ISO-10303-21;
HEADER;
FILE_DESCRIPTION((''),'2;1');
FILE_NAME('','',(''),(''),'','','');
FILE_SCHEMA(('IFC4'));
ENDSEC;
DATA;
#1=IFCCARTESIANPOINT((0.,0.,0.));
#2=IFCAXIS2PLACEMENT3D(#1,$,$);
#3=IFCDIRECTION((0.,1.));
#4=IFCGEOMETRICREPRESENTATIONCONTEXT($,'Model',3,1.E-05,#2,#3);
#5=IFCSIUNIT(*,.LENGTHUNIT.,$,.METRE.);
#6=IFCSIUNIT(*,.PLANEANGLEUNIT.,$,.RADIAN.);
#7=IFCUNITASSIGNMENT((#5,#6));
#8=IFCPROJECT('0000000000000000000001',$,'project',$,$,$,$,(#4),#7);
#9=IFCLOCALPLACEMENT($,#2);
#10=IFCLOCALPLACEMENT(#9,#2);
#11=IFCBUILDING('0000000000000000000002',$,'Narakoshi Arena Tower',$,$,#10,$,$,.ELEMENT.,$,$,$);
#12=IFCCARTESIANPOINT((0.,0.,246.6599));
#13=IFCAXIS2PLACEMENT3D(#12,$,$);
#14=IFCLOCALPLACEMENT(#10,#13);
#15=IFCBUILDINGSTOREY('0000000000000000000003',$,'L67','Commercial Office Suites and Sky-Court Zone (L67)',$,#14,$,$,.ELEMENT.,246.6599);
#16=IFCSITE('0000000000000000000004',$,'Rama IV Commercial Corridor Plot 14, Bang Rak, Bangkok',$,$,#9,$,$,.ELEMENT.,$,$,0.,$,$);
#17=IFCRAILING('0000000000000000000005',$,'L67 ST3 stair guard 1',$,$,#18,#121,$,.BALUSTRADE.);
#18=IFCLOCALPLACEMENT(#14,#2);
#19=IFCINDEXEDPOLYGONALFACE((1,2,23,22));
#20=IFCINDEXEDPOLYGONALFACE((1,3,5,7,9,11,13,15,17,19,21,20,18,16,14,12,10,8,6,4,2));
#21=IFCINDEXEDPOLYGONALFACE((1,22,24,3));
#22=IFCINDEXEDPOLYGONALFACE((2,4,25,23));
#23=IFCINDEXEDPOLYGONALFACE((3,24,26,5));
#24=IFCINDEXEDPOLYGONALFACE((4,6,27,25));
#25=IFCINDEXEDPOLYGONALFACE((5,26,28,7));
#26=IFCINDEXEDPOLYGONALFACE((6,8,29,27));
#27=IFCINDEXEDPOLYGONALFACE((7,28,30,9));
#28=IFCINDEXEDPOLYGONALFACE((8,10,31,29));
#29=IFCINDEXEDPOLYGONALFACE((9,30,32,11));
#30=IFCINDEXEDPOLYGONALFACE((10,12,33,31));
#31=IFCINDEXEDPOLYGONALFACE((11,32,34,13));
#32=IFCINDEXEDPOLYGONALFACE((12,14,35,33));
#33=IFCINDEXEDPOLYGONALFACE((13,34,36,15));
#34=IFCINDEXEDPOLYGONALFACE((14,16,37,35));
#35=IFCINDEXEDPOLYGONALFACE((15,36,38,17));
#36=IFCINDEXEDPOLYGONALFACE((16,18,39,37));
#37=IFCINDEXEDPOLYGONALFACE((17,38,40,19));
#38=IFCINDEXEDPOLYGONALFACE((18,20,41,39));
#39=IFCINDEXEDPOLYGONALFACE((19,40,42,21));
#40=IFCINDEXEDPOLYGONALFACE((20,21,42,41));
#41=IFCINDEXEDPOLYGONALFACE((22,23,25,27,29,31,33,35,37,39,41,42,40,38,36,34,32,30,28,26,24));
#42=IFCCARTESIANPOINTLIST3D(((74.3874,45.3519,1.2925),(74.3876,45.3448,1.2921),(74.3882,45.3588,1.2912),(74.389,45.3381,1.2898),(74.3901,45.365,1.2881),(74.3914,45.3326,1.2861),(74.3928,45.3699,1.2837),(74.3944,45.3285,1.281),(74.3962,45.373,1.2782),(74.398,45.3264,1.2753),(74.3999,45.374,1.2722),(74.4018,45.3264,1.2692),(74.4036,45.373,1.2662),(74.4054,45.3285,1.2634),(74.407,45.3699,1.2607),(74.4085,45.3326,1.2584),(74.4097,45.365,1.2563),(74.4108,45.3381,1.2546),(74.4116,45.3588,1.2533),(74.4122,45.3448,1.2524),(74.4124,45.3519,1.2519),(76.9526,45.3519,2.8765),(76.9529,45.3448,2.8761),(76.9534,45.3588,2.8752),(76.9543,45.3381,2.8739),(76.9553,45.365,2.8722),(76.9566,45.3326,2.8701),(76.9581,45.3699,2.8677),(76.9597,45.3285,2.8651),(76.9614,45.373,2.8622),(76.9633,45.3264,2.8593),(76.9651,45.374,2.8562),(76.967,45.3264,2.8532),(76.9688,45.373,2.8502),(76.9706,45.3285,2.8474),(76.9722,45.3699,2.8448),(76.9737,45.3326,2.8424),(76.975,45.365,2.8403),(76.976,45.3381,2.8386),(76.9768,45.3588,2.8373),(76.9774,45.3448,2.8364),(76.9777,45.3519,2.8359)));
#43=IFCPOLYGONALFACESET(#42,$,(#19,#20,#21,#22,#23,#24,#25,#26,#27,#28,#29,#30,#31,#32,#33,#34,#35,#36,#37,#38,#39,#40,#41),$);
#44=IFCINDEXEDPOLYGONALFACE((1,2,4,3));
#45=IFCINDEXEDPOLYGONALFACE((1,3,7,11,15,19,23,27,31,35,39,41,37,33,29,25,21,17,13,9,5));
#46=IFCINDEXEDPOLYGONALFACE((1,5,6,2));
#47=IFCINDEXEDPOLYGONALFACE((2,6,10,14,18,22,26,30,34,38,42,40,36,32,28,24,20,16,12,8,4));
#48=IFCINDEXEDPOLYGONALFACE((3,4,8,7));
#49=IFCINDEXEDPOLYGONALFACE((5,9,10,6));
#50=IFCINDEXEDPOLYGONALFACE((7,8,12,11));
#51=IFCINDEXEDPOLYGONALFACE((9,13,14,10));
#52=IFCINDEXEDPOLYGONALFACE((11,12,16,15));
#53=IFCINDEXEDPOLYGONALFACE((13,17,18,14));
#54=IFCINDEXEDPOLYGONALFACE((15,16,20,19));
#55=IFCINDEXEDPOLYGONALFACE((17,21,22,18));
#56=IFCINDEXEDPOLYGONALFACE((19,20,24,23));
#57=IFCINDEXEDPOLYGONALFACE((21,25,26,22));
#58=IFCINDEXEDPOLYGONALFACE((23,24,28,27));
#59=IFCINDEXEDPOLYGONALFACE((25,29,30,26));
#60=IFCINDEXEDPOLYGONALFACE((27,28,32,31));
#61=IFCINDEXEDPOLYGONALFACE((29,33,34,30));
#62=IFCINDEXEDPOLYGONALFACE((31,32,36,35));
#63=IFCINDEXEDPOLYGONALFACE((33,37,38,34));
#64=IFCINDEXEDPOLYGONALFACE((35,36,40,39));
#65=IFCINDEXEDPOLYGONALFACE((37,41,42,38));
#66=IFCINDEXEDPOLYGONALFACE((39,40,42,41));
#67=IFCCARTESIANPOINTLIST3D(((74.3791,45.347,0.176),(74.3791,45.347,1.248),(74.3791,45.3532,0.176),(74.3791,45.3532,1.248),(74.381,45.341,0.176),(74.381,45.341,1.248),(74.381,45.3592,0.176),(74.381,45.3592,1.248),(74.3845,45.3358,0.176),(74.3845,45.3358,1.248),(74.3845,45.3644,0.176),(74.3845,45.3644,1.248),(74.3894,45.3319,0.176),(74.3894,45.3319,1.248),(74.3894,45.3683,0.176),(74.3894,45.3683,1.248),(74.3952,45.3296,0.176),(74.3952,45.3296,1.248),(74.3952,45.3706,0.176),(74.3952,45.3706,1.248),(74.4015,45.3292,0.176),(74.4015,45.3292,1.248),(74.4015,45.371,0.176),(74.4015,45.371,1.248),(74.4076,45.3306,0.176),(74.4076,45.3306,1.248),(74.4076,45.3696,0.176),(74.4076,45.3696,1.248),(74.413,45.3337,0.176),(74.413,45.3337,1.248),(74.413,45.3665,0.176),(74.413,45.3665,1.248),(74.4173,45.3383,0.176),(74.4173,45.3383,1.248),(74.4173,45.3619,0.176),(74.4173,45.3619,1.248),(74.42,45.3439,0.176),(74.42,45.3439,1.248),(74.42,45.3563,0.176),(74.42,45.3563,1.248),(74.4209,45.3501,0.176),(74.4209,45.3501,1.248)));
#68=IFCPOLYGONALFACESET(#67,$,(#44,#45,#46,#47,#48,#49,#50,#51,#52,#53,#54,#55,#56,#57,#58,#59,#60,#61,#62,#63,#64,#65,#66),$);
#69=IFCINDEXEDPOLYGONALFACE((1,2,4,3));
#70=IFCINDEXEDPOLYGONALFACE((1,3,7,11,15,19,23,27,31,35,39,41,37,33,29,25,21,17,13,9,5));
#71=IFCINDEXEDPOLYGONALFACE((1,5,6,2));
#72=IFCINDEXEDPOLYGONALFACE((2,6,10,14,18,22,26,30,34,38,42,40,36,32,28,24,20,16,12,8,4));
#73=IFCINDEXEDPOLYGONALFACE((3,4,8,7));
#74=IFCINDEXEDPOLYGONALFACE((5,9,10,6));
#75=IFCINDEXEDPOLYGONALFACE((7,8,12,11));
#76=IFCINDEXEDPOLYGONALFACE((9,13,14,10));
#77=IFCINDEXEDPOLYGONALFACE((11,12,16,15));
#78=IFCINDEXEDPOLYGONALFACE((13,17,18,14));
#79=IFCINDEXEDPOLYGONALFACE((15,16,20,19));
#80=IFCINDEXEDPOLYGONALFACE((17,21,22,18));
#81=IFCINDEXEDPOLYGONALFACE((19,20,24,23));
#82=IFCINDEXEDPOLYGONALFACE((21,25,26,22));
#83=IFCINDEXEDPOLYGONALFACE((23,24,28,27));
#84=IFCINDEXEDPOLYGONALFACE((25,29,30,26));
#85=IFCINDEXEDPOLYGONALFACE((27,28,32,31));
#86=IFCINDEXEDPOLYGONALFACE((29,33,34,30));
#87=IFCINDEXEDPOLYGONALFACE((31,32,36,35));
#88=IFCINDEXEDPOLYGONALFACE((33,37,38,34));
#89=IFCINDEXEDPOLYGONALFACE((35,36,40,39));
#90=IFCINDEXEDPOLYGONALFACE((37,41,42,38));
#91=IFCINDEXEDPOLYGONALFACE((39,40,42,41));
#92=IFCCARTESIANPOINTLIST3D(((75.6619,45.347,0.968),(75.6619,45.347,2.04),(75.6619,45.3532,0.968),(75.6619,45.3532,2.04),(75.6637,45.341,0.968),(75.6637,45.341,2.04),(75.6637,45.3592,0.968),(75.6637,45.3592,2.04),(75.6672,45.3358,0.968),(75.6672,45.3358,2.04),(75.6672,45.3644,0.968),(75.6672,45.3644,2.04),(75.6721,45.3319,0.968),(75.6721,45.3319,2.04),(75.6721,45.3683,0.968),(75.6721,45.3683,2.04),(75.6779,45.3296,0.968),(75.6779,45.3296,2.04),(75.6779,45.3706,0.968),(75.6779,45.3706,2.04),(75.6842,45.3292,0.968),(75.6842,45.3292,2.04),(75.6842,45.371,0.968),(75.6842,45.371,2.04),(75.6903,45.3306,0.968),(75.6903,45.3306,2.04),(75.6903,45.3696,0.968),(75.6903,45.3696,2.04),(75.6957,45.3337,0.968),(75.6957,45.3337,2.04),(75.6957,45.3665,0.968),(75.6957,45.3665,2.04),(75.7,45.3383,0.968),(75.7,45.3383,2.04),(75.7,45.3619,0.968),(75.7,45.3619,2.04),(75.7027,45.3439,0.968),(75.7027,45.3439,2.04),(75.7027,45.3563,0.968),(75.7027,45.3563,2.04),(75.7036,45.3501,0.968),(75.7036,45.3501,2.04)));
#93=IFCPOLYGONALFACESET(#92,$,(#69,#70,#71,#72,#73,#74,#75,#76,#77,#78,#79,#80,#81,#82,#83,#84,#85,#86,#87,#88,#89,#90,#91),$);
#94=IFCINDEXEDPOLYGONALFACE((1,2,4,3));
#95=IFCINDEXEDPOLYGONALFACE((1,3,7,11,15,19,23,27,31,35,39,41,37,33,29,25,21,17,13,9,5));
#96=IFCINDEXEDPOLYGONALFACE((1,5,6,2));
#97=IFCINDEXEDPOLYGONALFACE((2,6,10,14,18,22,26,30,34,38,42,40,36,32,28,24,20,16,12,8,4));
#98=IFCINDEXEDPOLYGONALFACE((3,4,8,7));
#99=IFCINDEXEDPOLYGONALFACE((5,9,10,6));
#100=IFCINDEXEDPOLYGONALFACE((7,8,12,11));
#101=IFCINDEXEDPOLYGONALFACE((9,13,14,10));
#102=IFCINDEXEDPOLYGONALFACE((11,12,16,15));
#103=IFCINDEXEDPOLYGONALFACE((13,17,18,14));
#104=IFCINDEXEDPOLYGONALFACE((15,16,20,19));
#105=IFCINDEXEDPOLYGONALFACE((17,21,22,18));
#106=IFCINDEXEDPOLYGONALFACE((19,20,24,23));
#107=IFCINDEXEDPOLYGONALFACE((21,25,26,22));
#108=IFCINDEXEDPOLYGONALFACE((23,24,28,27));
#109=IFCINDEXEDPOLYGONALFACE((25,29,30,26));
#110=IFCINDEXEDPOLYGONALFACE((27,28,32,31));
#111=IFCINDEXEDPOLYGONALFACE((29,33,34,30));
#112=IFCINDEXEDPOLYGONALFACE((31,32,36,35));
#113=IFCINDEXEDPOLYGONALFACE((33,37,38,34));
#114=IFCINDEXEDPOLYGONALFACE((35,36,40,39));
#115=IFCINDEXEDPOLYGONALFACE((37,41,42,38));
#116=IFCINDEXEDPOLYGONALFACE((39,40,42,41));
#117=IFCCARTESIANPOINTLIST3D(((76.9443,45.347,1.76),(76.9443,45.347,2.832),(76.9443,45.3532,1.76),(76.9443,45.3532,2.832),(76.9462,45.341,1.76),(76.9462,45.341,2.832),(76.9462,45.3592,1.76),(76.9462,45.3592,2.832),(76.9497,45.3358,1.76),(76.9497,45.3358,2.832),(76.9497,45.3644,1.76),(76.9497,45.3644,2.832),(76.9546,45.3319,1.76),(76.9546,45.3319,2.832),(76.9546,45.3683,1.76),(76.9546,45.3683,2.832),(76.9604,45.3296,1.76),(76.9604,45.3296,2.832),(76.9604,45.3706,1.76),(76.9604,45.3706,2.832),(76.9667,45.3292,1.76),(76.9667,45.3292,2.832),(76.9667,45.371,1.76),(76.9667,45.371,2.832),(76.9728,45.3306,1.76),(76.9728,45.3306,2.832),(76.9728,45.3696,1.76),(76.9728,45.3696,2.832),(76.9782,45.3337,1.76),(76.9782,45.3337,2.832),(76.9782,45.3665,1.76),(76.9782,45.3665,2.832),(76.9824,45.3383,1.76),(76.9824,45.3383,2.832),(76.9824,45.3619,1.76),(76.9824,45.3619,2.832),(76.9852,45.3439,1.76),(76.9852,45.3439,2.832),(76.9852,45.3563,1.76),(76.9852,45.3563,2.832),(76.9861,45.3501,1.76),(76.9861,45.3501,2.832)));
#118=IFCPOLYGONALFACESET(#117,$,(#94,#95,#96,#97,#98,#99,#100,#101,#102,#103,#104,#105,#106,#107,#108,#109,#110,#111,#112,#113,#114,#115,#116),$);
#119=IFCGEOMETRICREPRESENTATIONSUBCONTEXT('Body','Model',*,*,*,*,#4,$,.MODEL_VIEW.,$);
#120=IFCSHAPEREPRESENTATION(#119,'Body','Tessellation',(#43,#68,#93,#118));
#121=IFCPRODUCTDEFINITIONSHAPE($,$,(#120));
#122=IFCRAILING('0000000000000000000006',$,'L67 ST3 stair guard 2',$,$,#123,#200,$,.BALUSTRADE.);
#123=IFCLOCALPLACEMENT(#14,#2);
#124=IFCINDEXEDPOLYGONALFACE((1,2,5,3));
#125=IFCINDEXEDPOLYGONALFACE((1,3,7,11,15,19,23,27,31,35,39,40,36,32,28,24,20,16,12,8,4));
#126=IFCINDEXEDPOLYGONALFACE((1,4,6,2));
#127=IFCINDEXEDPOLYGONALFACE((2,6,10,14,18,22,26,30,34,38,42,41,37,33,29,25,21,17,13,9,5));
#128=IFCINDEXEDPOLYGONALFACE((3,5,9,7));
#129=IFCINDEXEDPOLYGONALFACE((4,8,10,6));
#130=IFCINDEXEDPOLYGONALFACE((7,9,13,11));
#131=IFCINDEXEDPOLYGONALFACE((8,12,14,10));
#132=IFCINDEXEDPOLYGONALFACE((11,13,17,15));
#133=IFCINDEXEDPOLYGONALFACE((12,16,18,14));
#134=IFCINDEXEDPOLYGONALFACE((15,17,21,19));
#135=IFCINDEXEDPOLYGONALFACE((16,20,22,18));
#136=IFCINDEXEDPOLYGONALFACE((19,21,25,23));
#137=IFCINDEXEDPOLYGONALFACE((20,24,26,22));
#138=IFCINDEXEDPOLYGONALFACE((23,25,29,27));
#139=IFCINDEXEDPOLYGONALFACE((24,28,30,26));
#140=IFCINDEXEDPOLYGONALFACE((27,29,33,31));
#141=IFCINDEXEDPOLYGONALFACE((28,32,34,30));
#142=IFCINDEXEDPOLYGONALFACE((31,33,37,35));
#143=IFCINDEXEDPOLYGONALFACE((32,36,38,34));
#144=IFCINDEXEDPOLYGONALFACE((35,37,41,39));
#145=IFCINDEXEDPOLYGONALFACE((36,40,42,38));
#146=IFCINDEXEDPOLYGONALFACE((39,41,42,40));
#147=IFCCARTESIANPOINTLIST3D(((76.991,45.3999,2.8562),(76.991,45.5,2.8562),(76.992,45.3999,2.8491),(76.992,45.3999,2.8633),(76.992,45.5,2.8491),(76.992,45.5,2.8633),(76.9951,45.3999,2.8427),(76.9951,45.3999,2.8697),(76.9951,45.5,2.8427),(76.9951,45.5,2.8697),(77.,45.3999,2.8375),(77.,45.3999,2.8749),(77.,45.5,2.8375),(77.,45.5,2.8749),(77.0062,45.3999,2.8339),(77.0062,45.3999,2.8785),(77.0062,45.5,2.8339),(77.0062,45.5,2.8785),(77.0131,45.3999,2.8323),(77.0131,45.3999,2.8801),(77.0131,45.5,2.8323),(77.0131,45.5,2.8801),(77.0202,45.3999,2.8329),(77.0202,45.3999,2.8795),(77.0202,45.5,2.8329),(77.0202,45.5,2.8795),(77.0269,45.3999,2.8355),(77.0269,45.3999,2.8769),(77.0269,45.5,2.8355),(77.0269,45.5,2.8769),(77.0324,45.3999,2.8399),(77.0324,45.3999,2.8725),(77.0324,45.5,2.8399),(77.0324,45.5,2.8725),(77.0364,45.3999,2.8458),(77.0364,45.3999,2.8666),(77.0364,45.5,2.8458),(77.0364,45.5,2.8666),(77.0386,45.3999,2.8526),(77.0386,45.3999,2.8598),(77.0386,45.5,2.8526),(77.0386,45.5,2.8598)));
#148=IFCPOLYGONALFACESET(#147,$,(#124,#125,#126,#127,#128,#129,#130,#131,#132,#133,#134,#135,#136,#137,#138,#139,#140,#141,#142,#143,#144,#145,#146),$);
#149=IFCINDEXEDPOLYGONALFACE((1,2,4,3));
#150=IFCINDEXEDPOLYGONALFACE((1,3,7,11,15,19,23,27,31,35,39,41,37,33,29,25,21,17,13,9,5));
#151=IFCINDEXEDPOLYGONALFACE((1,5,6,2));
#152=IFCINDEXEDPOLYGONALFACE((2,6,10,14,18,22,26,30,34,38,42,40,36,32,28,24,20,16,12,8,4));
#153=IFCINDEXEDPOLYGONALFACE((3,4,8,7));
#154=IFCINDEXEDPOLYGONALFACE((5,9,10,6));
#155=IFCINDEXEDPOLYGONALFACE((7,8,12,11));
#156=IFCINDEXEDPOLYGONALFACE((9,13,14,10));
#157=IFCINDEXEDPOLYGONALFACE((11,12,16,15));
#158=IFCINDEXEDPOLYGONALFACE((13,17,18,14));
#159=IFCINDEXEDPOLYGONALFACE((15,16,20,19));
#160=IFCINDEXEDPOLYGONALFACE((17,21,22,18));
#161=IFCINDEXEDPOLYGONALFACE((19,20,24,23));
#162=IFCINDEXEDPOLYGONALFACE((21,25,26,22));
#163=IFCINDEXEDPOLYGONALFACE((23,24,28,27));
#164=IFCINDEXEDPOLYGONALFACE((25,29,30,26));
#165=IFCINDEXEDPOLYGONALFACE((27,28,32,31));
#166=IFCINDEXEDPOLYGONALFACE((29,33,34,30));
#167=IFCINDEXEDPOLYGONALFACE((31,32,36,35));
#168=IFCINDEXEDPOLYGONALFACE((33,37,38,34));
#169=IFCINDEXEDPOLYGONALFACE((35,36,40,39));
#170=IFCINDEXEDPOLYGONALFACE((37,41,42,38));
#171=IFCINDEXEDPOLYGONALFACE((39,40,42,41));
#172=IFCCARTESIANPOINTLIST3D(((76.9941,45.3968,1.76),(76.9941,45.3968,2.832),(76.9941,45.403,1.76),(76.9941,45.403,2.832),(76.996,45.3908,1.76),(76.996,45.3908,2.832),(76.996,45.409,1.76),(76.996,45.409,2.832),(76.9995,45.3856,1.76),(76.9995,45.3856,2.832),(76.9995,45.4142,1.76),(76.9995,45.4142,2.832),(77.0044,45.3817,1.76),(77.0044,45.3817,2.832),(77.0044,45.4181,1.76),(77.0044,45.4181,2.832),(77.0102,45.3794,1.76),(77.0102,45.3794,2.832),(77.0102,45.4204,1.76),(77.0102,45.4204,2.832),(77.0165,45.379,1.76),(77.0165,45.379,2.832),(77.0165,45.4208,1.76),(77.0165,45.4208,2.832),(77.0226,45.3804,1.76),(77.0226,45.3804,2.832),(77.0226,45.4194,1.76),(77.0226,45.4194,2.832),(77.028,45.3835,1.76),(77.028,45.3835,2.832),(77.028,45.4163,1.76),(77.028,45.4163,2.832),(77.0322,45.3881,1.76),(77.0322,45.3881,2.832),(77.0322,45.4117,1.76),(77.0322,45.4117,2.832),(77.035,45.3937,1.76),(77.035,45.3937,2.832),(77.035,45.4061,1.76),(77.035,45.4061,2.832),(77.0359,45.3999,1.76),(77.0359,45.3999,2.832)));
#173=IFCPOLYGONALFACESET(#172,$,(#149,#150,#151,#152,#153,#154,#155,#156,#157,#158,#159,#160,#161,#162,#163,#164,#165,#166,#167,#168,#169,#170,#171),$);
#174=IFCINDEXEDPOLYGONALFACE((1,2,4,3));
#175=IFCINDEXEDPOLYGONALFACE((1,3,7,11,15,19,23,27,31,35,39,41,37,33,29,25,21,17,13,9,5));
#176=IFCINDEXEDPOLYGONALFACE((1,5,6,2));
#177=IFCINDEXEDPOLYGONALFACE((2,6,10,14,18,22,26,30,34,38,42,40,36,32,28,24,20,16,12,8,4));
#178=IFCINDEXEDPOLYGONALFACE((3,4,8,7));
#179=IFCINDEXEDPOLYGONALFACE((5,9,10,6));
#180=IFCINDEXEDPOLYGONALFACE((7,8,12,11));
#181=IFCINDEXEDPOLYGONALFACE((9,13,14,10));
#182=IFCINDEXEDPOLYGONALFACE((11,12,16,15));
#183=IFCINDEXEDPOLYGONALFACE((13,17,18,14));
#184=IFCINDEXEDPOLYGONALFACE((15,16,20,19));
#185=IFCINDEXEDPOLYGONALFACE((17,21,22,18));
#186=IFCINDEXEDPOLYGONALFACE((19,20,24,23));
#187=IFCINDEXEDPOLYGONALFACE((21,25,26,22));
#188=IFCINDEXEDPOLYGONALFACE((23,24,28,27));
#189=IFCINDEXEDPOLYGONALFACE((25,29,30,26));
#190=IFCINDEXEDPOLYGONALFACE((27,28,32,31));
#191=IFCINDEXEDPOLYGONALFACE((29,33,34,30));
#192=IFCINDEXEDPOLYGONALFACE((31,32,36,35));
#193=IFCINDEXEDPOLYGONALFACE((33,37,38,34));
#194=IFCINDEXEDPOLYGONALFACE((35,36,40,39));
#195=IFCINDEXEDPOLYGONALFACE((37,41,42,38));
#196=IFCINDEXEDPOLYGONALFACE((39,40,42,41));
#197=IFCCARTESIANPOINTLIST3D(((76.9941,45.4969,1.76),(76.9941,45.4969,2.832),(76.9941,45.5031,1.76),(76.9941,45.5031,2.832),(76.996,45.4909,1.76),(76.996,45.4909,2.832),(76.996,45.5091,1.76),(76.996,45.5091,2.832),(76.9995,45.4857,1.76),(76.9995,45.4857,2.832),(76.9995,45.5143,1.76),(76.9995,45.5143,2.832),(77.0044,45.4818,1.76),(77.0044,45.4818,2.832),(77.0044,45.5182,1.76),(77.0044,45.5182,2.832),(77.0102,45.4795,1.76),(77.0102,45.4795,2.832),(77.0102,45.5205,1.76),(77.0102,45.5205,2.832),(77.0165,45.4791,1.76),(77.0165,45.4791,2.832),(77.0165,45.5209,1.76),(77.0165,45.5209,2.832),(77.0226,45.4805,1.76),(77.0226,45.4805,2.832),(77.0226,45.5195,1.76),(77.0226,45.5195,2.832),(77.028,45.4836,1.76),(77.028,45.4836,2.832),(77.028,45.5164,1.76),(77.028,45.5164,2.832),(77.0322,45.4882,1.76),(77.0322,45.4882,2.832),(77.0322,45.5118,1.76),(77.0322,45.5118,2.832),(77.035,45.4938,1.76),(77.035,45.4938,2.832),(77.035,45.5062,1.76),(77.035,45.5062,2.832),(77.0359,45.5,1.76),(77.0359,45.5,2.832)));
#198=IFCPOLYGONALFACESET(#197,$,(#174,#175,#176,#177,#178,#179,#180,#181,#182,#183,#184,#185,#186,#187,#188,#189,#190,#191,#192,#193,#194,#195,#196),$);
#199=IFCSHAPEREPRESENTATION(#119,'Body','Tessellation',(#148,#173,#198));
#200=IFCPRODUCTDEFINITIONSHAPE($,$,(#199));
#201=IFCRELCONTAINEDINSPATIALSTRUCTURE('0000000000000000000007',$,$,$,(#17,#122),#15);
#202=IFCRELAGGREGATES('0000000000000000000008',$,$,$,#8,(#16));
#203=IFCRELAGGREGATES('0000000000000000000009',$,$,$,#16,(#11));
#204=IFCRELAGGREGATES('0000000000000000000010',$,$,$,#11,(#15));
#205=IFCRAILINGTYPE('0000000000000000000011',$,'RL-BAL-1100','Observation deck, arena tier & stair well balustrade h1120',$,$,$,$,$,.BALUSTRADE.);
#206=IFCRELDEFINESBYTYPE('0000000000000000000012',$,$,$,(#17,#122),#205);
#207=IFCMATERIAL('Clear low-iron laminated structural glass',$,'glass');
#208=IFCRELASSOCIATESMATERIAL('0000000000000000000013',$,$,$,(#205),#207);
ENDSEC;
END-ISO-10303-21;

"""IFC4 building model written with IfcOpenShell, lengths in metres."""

from ifc_helpers import new_model, si_unit, direction, frame, origin, origin_2d, place, context, subcontext, project, spatial, circle, extrude, material, type_object, element, save


model = new_model("IFC4")

# Units and contexts
model_context = context("Model", 3, precision=1e-05, world=origin(), true_north=direction((0.0, 1.0)))
body_context = subcontext(model_context, "Body", "Model", "MODEL_VIEW")
ifc_project = project(units=[si_unit("LENGTHUNIT", "METRE"), si_unit("PLANEANGLEUNIT", "RADIAN")], contexts=[model_context])

# Site, building, storey
site_placement = place(None, origin())
site = spatial("IfcSite", under=ifc_project, at=site_placement, Name="Rama IV Commercial Corridor Plot 14, Bang Rak, Bangkok", CompositionType="ELEMENT", RefElevation=0.0)
building_placement = place(site_placement, origin())
building = spatial("IfcBuilding", under=site, at=building_placement, Name="Narakoshi Arena Tower", CompositionType="ELEMENT")
storey_placement = place(building_placement, frame((0.0, 0.0, 246.6599)))
storey = spatial("IfcBuildingStorey", under=building, at=storey_placement, Name="L67", Description="Commercial Office Suites and Sky-Court Zone (L67)", CompositionType="ELEMENT", Elevation=246.6599)

# Railings
ifc_material_1 = material(Name="Clear low-iron laminated structural glass", Category="glass")
railing_type_1 = type_object("IfcRailingType", Name="RL-BAL-1100", Description="Observation deck, arena tier & stair well balustrade h1120", PredefinedType="BALUSTRADE", material=ifc_material_1)
railing_1_placement = place(storey_placement, frame((74.3999, 45.3501, 0.176)))
element("IfcRailing", 1, at=railing_1_placement, inside=storey, type_object=railing_type_1, Name="L67 ST3 stair guard 1", PredefinedType="BALUSTRADE", context=body_context, shape_type="SweptSolid", body=[
    extrude(circle(Radius=0.0239, at=origin_2d()), frame((0.0, 0.0, 1.0962), z_axis=(0.850857, 0.0, 0.525398), x_axis=(0.0, 1.0, 0.0)), (0.0, 0.0, 1.0), 3.0149),
    extrude(circle(Radius=0.021, at=origin_2d()), origin(), (0.0, 0.0, 1.0), 1.072),
    extrude(circle(Radius=0.021, at=origin_2d()), frame((1.2827, 0.0, 0.792)), (0.0, 0.0, 1.0), 1.072),
    extrude(circle(Radius=0.021, at=origin_2d()), frame((2.5652, 0.0, 1.584)), (0.0, 0.0, 1.0), 1.072),
])
railing_2_placement = place(storey_placement, frame((77.0149, 45.3999, 1.76)))
element("IfcRailing", 2, at=railing_2_placement, inside=storey, type_object=railing_type_1, Name="L67 ST3 stair guard 2", PredefinedType="BALUSTRADE", context=body_context, shape_type="SweptSolid", body=[
    extrude(circle(Radius=0.0239, at=origin_2d()), frame((0.0, 0.0, 1.0962), z_axis=(0.0, 1.0, 0.0), x_axis=(-1.0, 0.0, 0.0)), (0.0, 0.0, 1.0), 0.1001),
    extrude(circle(Radius=0.021, at=origin_2d()), origin(), (0.0, 0.0, 1.0), 1.072),
    extrude(circle(Radius=0.021, at=origin_2d()), frame((0.0, 0.1001, 0.0)), (0.0, 0.0, 1.0), 1.072),
])

save(model, "model.ifc")
